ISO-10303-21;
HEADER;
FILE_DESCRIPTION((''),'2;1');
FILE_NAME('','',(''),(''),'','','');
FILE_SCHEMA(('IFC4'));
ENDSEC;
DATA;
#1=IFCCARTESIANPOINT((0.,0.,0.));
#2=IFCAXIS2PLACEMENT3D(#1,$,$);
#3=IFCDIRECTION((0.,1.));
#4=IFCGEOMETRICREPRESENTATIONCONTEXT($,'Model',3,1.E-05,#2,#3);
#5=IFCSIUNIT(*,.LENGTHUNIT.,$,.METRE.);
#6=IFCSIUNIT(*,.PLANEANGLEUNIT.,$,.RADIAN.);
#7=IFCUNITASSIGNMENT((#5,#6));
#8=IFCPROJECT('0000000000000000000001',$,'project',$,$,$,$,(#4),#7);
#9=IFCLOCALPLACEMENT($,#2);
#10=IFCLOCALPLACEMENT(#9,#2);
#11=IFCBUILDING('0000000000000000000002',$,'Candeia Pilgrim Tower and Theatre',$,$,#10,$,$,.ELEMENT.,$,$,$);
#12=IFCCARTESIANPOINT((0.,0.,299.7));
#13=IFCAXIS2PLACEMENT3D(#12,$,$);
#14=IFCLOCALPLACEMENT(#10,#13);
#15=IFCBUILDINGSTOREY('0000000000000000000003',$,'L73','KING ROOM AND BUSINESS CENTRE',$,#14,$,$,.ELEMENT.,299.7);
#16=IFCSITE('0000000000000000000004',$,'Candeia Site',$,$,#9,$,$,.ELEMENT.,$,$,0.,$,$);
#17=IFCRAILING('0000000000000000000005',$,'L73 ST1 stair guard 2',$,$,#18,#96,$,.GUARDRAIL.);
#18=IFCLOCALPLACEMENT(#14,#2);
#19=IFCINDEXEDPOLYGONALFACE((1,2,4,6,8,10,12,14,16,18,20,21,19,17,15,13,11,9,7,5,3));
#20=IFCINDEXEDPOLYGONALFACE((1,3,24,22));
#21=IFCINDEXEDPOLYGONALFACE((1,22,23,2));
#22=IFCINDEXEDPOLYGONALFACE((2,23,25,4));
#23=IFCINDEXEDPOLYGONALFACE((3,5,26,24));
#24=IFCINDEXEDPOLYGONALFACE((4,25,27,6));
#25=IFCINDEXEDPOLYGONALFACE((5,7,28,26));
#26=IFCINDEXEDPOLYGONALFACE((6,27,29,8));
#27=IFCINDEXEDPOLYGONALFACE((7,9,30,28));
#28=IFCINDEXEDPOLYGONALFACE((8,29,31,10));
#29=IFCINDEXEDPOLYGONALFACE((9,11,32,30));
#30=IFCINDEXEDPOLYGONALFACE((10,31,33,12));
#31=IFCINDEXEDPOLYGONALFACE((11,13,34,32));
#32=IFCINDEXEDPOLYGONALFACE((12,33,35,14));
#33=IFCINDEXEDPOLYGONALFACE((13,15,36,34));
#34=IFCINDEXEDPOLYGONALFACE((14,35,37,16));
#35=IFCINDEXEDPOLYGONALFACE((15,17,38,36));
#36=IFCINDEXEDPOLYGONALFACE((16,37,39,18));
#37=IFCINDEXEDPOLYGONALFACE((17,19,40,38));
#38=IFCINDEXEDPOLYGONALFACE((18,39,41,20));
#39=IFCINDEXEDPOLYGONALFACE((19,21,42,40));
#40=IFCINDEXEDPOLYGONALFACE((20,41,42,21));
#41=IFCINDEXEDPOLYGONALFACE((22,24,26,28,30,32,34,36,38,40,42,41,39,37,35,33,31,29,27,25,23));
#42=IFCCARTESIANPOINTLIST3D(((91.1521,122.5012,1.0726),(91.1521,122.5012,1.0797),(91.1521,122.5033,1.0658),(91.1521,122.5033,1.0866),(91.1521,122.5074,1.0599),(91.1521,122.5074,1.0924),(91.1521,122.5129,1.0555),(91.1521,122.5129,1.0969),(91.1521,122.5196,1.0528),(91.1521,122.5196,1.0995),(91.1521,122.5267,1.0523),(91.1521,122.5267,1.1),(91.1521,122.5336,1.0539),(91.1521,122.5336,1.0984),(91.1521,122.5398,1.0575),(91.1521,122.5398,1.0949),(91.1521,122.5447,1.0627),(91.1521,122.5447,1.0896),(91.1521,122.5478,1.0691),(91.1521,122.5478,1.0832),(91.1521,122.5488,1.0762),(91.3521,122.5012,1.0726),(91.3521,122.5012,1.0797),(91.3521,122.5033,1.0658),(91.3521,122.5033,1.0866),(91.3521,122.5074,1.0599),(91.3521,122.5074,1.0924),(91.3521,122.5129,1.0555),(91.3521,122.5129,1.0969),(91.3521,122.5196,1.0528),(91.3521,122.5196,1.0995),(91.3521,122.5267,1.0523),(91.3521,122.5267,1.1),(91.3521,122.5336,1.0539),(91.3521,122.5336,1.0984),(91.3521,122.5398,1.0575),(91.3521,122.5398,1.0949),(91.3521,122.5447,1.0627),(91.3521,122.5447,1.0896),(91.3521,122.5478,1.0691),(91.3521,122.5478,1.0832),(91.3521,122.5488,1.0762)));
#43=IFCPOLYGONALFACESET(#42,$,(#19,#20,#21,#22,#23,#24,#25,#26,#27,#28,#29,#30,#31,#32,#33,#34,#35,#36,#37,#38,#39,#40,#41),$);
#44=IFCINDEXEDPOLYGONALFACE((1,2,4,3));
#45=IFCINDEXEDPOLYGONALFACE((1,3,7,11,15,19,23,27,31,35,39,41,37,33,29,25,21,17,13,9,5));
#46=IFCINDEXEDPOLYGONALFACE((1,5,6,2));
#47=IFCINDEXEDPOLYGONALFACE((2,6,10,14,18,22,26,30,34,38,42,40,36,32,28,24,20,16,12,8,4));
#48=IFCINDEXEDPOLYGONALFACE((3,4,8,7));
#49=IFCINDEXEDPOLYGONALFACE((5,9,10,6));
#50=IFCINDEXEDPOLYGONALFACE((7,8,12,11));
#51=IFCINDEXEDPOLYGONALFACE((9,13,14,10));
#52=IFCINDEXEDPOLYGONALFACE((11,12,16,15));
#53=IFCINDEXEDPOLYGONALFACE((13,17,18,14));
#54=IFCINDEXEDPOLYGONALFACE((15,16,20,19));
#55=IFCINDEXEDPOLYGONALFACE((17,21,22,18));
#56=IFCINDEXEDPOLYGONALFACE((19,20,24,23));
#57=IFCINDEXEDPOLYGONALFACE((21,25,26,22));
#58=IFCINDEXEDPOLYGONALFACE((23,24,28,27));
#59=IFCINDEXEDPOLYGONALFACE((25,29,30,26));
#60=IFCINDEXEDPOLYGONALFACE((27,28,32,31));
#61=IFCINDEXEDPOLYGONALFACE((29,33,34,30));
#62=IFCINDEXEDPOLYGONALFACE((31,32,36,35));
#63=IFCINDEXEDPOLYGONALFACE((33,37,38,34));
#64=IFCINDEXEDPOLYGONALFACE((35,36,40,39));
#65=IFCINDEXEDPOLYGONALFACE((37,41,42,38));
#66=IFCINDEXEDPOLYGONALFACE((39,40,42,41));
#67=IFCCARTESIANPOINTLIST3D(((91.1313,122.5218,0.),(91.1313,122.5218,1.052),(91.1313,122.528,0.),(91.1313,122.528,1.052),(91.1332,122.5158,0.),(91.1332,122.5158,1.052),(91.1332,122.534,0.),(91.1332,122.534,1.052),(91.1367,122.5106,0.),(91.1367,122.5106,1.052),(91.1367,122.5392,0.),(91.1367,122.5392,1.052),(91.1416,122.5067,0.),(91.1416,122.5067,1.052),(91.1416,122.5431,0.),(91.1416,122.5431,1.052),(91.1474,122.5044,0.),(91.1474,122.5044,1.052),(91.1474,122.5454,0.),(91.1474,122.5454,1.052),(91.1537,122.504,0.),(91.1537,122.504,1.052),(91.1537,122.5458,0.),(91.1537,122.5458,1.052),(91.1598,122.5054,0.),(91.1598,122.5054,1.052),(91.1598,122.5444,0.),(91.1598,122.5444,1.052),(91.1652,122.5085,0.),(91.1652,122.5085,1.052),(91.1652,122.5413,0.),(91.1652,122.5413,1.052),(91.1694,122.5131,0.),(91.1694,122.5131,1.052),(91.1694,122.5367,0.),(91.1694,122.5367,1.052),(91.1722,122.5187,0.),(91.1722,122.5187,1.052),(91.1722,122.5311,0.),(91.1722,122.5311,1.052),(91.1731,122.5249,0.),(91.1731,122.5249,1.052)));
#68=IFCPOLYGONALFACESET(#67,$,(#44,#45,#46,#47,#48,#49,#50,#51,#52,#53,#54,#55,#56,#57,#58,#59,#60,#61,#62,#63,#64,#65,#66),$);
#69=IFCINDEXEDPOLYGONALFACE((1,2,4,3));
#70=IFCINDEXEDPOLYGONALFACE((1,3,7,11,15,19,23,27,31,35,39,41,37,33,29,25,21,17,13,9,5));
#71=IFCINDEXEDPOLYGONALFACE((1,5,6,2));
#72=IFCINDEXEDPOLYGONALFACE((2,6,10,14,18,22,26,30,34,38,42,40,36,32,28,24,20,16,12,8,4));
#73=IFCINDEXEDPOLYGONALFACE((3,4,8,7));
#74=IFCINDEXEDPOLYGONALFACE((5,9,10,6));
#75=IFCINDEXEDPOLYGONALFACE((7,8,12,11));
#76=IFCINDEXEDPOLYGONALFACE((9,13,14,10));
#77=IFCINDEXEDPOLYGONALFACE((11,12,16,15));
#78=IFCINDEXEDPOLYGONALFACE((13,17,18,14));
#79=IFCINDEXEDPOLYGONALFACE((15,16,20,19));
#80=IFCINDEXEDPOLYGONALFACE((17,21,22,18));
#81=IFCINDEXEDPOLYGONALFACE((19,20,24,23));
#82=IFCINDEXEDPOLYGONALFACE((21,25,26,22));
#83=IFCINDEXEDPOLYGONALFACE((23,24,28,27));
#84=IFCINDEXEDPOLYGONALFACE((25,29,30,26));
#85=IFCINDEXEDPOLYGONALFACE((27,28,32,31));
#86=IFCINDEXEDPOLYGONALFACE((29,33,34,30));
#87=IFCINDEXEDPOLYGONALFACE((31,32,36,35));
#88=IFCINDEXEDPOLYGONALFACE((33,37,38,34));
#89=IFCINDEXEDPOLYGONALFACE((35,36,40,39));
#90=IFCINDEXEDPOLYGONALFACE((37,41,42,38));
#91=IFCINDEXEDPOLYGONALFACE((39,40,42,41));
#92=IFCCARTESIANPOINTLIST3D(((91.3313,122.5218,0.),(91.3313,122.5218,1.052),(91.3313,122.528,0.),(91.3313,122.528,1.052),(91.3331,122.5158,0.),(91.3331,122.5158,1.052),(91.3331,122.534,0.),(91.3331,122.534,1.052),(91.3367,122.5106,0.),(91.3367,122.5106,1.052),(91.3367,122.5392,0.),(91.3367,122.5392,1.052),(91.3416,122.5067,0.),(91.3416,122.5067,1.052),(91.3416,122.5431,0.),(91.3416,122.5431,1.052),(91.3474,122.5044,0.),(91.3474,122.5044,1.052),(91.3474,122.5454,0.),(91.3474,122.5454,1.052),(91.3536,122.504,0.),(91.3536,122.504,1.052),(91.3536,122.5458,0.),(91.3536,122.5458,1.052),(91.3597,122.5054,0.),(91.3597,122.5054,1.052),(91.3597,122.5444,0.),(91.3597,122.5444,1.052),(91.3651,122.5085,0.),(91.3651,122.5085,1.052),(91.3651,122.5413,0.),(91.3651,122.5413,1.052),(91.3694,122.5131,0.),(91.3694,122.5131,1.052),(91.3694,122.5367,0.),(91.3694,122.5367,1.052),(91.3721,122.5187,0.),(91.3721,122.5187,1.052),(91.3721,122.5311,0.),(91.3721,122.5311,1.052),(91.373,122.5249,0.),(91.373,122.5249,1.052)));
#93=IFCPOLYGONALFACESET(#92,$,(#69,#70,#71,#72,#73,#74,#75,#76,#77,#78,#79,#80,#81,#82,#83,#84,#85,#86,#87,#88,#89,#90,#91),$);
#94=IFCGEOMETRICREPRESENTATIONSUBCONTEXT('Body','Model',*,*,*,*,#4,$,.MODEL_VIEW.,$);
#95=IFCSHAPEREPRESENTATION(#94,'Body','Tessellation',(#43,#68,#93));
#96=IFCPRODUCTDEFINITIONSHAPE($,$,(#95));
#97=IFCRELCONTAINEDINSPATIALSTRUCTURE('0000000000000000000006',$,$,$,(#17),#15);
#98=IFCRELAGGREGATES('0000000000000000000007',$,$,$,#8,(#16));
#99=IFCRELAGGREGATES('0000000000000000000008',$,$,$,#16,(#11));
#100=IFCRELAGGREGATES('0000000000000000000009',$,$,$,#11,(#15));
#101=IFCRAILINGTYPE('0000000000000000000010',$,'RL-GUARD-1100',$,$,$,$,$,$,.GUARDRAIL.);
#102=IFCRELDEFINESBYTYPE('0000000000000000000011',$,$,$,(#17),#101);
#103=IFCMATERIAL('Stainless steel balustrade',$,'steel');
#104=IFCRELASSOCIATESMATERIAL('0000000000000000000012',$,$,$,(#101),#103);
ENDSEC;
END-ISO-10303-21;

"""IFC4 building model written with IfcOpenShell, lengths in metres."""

from ifc_helpers import new_model, si_unit, direction, frame, origin, origin_2d, place, context, subcontext, project, spatial, circle, extrude, material, type_object, element, save


model = new_model("IFC4")

# Units and contexts
model_context = context("Model", 3, precision=1e-05, world=origin(), true_north=direction((0.0, 1.0)))
body_context = subcontext(model_context, "Body", "Model", "MODEL_VIEW")
ifc_project = project(units=[si_unit("LENGTHUNIT", "METRE"), si_unit("PLANEANGLEUNIT", "RADIAN")], contexts=[model_context])

# Site, building, storey
site_placement = place(None, origin())
site = spatial("IfcSite", under=ifc_project, at=site_placement, Name="Candeia Site", CompositionType="ELEMENT", RefElevation=0.0)
building_placement = place(site_placement, origin())
building = spatial("IfcBuilding", under=site, at=building_placement, Name="Candeia Pilgrim Tower and Theatre", CompositionType="ELEMENT")
storey_placement = place(building_placement, frame((0.0, 0.0, 299.7)))
storey = spatial("IfcBuildingStorey", under=building, at=storey_placement, Name="L73", Description="KING ROOM AND BUSINESS CENTRE", CompositionType="ELEMENT", Elevation=299.7)

# Railing
ifc_material_1 = material(Name="Stainless steel balustrade", Category="steel")
railing_type_1 = type_object("IfcRailingType", Name="RL-GUARD-1100", PredefinedType="GUARDRAIL", material=ifc_material_1)
railing_1_placement = place(storey_placement, frame((91.1521, 122.5249, 0.0)))
element("IfcRailing", 1, at=railing_1_placement, inside=storey, type_object=railing_type_1, Name="L73 ST1 stair guard 2", PredefinedType="GUARDRAIL", context=body_context, shape_type="SweptSolid", body=[
    extrude(circle(Radius=0.0239, at=origin_2d()), frame((0.0, 0.0, 1.0762), z_axis=(1.0, 0.0, 0.0), x_axis=(0.0, 1.0, 0.0)), (0.0, 0.0, 1.0), 0.2),
    extrude(circle(Radius=0.021, at=origin_2d()), origin(), (0.0, 0.0, 1.0), 1.052),
    extrude(circle(Radius=0.021, at=origin_2d()), frame((0.2, 0.0, 0.0)), (0.0, 0.0, 1.0), 1.052),
])

save(model, "model.ifc")
